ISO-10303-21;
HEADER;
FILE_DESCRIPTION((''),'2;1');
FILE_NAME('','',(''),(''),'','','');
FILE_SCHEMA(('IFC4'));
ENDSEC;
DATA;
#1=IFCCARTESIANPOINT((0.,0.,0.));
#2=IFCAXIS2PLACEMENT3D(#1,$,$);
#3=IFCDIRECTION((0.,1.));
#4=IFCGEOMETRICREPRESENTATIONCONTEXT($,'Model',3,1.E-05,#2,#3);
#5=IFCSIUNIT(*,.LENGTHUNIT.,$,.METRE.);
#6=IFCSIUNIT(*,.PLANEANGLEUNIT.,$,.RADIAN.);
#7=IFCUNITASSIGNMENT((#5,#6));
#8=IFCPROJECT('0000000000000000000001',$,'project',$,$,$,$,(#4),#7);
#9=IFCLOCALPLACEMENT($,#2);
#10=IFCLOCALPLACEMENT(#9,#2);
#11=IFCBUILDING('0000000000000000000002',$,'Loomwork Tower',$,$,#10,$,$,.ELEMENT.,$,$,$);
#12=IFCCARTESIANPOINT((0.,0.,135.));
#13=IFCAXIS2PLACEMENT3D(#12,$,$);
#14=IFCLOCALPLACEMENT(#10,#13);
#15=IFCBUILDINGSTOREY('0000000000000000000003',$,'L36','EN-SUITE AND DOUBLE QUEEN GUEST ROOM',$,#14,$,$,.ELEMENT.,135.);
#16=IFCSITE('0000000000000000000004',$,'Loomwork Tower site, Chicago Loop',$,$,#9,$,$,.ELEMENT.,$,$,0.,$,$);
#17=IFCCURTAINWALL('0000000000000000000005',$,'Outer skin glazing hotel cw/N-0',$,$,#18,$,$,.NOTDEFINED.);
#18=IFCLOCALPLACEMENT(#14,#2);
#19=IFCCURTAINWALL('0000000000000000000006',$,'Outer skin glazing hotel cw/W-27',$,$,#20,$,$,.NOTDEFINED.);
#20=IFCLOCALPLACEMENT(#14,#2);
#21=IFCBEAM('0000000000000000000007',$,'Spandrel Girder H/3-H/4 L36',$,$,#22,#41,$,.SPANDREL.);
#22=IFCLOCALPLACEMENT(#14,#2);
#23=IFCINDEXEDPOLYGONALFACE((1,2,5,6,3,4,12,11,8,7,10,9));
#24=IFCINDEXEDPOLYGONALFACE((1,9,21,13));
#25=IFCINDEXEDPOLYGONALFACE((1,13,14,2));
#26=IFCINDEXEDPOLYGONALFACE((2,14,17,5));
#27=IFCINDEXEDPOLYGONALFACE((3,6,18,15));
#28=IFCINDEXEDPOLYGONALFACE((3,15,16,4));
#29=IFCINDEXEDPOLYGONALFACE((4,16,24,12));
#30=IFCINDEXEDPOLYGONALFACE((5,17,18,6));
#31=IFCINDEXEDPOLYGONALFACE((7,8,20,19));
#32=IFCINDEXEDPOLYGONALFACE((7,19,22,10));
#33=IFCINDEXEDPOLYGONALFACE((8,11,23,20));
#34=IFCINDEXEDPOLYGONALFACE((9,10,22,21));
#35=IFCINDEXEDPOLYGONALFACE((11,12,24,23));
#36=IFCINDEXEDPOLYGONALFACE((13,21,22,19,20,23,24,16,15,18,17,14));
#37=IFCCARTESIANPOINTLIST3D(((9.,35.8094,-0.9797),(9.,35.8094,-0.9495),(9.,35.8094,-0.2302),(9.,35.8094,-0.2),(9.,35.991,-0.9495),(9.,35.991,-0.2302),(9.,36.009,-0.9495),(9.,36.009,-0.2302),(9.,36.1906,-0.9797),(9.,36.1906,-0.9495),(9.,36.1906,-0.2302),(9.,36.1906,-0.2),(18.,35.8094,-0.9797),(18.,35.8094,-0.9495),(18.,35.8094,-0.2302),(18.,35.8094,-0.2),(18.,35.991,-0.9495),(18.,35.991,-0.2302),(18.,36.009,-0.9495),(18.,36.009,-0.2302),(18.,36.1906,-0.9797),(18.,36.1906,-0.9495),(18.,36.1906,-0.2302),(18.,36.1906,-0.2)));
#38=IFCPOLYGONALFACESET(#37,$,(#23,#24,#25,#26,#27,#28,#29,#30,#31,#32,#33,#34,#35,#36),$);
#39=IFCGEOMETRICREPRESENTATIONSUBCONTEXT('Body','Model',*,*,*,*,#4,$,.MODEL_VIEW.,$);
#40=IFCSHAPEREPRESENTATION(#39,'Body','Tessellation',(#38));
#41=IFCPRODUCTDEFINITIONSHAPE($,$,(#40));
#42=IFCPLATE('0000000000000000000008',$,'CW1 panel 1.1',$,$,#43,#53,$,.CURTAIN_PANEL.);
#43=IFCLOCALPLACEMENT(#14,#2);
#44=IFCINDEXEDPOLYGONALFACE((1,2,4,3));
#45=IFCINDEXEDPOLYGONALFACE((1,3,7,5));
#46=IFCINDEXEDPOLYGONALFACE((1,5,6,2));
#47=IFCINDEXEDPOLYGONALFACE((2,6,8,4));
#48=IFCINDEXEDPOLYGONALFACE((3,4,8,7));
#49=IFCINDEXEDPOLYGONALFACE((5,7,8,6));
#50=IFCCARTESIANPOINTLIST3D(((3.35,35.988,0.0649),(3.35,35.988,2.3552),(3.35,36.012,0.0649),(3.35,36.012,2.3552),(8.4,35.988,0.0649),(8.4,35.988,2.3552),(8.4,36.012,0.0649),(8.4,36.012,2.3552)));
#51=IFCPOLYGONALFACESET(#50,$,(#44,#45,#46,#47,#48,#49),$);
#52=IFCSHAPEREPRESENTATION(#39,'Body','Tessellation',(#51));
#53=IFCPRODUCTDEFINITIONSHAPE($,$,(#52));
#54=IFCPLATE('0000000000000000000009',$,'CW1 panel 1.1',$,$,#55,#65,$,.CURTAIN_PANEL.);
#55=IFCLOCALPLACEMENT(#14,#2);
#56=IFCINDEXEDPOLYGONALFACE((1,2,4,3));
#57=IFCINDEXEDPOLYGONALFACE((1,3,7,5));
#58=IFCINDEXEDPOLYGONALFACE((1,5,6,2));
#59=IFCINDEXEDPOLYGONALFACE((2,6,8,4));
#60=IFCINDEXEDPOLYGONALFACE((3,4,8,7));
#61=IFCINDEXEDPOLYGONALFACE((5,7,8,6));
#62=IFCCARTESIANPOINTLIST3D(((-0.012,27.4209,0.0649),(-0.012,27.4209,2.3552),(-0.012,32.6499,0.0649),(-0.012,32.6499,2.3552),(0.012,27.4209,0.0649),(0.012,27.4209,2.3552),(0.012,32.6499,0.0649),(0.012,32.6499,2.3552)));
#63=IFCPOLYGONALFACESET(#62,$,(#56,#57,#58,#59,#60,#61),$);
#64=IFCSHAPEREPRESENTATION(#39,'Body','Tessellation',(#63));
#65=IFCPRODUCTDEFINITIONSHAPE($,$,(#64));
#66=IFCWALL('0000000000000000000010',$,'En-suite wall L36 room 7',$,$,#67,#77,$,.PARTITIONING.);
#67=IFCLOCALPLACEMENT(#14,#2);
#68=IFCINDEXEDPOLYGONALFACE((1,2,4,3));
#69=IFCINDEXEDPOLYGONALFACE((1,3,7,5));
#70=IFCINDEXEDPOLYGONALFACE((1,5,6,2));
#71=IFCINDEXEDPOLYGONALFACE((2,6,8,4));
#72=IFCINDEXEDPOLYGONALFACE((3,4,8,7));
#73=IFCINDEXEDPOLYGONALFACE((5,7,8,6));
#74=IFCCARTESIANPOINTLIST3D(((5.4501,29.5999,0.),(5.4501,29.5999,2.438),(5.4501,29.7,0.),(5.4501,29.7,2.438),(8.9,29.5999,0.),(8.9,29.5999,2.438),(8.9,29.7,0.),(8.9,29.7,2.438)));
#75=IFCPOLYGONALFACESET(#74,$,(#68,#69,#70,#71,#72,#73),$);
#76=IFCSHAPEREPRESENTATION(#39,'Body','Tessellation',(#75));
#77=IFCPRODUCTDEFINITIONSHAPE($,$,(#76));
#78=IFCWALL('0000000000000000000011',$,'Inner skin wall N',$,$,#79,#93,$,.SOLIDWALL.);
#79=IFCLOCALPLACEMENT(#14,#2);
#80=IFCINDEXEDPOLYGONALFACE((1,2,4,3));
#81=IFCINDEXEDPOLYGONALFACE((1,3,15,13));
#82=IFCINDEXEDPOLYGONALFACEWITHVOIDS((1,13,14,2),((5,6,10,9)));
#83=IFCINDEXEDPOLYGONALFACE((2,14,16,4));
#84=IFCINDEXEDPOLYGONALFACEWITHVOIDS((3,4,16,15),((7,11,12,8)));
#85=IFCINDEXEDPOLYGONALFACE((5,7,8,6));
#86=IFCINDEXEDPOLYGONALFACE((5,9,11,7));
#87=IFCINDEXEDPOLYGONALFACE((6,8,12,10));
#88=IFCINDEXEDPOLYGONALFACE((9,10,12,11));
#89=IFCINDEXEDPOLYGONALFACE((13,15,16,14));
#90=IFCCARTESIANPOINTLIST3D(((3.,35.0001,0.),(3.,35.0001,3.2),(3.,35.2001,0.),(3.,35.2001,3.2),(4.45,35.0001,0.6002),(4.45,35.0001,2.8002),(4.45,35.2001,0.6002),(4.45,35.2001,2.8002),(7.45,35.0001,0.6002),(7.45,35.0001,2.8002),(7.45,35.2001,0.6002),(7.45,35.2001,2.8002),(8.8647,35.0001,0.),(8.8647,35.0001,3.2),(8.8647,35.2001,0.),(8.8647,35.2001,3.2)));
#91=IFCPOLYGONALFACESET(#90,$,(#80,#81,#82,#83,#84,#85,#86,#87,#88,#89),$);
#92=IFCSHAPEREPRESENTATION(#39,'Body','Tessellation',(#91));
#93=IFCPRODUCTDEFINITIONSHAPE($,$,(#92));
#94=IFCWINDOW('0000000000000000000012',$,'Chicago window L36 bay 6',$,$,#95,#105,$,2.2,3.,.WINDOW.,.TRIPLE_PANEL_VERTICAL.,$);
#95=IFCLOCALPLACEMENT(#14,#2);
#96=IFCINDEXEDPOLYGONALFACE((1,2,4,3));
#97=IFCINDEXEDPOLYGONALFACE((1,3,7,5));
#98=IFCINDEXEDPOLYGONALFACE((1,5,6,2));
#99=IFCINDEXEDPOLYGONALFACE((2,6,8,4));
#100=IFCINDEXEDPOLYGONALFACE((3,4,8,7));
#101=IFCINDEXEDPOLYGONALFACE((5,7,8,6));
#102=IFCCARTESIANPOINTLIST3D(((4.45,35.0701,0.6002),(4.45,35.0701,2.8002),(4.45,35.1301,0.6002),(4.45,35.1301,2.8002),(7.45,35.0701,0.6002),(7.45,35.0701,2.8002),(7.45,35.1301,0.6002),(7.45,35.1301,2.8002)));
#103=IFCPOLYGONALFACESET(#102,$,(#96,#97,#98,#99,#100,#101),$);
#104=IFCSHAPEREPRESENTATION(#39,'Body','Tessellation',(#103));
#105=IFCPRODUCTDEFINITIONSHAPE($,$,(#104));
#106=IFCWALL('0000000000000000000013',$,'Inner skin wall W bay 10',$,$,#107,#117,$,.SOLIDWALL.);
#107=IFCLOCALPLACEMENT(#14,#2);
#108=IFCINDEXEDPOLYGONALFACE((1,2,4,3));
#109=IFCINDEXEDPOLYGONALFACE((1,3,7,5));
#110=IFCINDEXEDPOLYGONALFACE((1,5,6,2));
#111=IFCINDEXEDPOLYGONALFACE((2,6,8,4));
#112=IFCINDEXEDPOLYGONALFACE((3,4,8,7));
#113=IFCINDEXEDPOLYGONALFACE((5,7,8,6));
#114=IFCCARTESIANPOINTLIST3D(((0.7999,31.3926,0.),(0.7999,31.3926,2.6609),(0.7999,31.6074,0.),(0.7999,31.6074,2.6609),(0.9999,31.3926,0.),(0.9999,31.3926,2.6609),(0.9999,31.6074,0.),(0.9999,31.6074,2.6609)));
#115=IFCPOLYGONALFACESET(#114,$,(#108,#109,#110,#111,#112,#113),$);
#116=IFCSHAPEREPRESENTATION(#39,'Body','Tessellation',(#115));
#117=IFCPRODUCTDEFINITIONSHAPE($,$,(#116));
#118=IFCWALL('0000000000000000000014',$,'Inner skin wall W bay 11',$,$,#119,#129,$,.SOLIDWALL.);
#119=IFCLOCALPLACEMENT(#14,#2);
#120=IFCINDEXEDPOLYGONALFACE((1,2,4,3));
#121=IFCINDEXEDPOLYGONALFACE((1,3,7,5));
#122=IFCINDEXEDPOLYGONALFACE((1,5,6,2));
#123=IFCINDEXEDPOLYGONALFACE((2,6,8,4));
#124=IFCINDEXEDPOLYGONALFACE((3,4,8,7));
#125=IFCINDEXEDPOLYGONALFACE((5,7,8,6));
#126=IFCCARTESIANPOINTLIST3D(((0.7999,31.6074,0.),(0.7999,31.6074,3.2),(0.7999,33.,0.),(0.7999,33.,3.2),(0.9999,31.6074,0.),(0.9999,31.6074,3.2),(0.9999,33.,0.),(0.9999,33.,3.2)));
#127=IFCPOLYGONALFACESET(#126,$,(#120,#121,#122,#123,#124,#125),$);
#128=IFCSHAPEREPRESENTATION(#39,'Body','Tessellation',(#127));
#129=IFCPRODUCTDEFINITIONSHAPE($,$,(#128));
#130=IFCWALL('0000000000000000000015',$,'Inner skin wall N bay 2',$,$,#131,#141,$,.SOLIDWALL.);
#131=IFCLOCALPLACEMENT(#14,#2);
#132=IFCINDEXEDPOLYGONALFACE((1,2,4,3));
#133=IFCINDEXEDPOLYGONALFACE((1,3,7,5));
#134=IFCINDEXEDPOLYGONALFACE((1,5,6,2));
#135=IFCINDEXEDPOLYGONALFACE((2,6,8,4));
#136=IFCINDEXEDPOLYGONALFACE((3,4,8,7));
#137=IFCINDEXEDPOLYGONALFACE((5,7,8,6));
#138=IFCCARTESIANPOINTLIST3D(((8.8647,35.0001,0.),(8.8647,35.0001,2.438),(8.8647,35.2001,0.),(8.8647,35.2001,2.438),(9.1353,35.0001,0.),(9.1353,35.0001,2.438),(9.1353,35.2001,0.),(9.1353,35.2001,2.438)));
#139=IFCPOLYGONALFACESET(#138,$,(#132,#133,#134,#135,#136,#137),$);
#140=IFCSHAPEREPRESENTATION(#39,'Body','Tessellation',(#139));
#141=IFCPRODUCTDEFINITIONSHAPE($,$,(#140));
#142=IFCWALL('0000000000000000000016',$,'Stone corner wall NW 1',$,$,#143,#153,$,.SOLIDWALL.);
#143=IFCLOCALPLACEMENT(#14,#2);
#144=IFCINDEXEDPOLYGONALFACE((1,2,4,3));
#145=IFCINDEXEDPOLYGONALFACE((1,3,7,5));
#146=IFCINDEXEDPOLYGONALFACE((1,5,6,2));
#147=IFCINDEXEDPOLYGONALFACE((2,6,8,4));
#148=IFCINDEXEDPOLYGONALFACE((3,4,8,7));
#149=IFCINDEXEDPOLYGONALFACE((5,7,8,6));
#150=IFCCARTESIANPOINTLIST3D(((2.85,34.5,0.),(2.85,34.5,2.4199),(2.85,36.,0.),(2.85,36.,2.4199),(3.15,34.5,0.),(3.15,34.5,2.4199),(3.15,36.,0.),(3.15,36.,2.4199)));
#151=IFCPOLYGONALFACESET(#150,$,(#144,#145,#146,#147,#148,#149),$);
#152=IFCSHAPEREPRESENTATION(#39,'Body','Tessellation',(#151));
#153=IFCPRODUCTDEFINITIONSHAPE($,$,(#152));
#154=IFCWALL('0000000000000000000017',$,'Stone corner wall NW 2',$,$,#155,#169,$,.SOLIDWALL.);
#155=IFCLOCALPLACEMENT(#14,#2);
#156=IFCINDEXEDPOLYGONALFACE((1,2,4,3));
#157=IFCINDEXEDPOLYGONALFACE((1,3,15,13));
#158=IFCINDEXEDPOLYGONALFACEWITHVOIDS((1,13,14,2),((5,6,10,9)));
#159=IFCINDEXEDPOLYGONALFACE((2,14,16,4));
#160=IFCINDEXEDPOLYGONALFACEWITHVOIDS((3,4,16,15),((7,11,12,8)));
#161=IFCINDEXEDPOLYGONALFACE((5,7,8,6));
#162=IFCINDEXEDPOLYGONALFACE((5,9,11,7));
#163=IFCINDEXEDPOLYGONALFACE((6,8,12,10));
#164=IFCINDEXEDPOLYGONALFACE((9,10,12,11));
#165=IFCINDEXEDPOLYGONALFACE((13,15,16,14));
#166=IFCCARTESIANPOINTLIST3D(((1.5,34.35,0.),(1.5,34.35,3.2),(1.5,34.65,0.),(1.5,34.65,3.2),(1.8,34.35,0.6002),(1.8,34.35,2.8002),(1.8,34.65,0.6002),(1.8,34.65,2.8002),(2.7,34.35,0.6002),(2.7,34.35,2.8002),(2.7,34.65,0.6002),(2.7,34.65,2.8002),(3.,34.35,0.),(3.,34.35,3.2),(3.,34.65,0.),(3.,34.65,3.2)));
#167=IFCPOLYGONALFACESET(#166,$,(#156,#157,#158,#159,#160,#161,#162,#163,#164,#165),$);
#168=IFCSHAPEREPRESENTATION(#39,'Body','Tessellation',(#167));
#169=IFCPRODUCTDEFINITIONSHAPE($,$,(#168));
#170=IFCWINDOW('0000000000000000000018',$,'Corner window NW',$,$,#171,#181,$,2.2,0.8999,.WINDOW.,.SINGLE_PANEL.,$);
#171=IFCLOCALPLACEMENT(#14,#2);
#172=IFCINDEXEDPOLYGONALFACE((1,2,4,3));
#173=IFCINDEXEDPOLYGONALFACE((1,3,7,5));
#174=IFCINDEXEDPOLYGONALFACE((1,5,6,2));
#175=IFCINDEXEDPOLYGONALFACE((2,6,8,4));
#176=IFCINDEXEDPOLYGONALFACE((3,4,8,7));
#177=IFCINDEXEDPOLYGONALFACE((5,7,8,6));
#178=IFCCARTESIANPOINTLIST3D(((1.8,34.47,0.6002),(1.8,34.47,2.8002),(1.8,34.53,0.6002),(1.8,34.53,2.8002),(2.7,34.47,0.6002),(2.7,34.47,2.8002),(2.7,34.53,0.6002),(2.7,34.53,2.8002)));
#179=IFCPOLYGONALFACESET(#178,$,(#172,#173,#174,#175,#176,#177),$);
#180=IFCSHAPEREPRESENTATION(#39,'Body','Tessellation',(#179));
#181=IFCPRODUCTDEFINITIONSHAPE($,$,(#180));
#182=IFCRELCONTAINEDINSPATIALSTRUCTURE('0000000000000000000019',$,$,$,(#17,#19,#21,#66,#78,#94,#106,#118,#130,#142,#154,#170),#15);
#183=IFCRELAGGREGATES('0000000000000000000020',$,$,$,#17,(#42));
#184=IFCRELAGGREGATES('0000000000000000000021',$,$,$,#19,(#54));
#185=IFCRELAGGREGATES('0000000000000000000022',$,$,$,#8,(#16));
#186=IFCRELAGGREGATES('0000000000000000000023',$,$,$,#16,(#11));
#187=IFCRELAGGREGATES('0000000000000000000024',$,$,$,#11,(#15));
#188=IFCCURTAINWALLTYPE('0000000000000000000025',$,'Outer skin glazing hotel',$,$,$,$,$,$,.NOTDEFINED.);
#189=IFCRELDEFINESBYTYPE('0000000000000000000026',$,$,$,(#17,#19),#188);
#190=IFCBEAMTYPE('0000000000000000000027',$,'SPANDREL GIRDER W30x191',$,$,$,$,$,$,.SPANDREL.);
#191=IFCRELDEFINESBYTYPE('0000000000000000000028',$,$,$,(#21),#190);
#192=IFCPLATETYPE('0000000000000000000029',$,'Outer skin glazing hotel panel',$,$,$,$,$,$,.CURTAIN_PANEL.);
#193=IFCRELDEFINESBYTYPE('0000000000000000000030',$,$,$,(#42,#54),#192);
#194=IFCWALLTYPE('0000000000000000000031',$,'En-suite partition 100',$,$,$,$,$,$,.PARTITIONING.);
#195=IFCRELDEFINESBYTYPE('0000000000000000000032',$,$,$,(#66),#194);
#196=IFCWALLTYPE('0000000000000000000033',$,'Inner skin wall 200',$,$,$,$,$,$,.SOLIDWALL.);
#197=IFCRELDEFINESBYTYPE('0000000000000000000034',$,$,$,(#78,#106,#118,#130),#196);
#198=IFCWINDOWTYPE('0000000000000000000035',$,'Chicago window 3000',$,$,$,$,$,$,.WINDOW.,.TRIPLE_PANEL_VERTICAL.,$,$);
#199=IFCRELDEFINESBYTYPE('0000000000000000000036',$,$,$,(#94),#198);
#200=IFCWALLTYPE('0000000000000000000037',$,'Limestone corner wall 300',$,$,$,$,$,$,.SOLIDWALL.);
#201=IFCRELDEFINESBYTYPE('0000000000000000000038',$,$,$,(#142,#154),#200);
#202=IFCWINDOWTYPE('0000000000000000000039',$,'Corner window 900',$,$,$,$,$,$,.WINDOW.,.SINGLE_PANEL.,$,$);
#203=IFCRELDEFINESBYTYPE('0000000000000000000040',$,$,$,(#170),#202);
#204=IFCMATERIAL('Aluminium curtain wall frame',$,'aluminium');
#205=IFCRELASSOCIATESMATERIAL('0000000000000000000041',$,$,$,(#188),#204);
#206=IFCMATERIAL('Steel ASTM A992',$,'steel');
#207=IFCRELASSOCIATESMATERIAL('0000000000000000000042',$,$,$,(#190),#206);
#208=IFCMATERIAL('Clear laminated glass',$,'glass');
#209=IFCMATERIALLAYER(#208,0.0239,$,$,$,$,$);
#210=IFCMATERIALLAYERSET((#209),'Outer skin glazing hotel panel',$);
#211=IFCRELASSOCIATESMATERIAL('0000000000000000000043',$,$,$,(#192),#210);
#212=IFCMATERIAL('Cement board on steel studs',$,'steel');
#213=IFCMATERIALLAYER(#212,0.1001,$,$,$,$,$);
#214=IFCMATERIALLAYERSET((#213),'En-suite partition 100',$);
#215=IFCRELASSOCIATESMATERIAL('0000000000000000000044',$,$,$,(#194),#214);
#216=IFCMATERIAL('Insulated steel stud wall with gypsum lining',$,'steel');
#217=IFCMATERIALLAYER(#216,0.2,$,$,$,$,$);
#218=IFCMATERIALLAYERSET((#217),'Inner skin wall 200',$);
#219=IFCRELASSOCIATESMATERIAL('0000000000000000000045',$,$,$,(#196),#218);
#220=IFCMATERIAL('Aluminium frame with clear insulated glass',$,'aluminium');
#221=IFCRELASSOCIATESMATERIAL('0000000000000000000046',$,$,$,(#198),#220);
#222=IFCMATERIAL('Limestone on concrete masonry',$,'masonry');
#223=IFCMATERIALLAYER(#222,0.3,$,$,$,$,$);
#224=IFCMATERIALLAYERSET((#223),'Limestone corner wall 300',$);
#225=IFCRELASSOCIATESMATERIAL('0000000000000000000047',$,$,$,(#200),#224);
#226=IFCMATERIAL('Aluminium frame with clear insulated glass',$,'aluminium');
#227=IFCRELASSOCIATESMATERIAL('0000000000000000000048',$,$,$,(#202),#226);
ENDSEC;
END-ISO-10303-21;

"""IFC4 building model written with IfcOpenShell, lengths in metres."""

from ifc_helpers import new_model, si_unit, direction, frame, frame_2d, origin, origin_2d, place, context, subcontext, project, spatial, rectangle, i_section, extrude, material, layer, layer_set, material_profile, profile_set, type_object, element, fill, aggregate, save


model = new_model("IFC4")

# Units and contexts
model_context = context("Model", 3, precision=1e-05, world=origin(), true_north=direction((0.0, 1.0)))
body_context = subcontext(model_context, "Body", "Model", "MODEL_VIEW")
ifc_project = project(units=[si_unit("LENGTHUNIT", "METRE"), si_unit("PLANEANGLEUNIT", "RADIAN")], contexts=[model_context])

# Site, building, storey
site_placement = place(None, origin())
site = spatial("IfcSite", under=ifc_project, at=site_placement, Name="Loomwork Tower site, Chicago Loop", CompositionType="ELEMENT", RefElevation=0.0)
building_placement = place(site_placement, origin())
building = spatial("IfcBuilding", under=site, at=building_placement, Name="Loomwork Tower", CompositionType="ELEMENT")
storey_placement = place(building_placement, frame((0.0, 0.0, 135.0)))
storey = spatial("IfcBuildingStorey", under=building, at=storey_placement, Name="L36", Description="EN-SUITE AND DOUBLE QUEEN GUEST ROOM", CompositionType="ELEMENT", Elevation=135.0)

# Curtain wall
ifc_material_1 = material(Name="Aluminium curtain wall frame", Category="aluminium")
curtain_wall_type = type_object("IfcCurtainWallType", Name="Outer skin glazing hotel", PredefinedType="NOTDEFINED", material=ifc_material_1)
curtain_wall_1_placement = place(storey_placement, origin())
curtain_wall_1 = element("IfcCurtainWall", 1, at=curtain_wall_1_placement, inside=storey, type_object=curtain_wall_type, Name="Outer skin glazing hotel cw/N-0", PredefinedType="NOTDEFINED")

# Curtain wall
curtain_wall_2_placement = place(storey_placement, origin())
curtain_wall_2 = element("IfcCurtainWall", 2, at=curtain_wall_2_placement, inside=storey, type_object=curtain_wall_type, Name="Outer skin glazing hotel cw/W-27", PredefinedType="NOTDEFINED")

# Beam
ifc_material_2 = material(Name="Steel ASTM A992", Category="steel")
ifc_material_profile_1 = material_profile(ifc_material_2, i_section(OverallWidth=0.3811, OverallDepth=0.7798, WebThickness=0.0181, FlangeThickness=0.0303, at=origin_2d()), Name="W30x191")
ifc_profile_set_1 = profile_set([ifc_material_profile_1], Name="Steel ASTM A992")
beam_type_1 = type_object("IfcBeamType", Name="SPANDREL GIRDER W30x191", PredefinedType="SPANDREL", material=ifc_profile_set_1)
for number, where, z_axis, x_axis, name in (
    (3, (9.0, 36.0, -0.5898), (1.0, 0.0, 0.0), (0.0, 1.0, 0.0), "Spandrel Girder H/3-H/4 L36"),
):
    element("IfcBeam", number, at=place(storey_placement, frame(where, z_axis=z_axis, x_axis=x_axis)), inside=storey, type_object=beam_type_1, Name=name, PredefinedType="SPANDREL", context=body_context, shape_type="SweptSolid", body=[
        extrude(i_section(OverallWidth=0.3811, OverallDepth=0.7798, WebThickness=0.0181, FlangeThickness=0.0303, at=origin_2d()), origin(), (0.0, 0.0, 1.0), 9.0),
    ])

# Plates
ifc_material_3 = material(Name="Clear laminated glass", Category="glass")
ifc_layer_1 = layer(ifc_material_3, 0.0239)
ifc_layer_set_1 = layer_set([ifc_layer_1], Name="Outer skin glazing hotel panel")
plate_type = type_object("IfcPlateType", Name="Outer skin glazing hotel panel", PredefinedType="CURTAIN_PANEL", material=ifc_layer_set_1)
plate_1_placement = place(storey_placement, frame((5.875, 36.0, 0.0649), z_axis=(0.0, 0.0, 1.0), x_axis=(-1.0, 0.0, 0.0)))
plate_1 = element("IfcPlate", 4, at=plate_1_placement, type_object=plate_type, Name="CW1 panel 1.1", PredefinedType="CURTAIN_PANEL", context=body_context, shape_type="SweptSolid", body=[
    extrude(rectangle(XDim=5.05, YDim=0.0239, at=origin_2d()), origin(), (0.0, 0.0, 1.0), 2.2903),
])
aggregate(curtain_wall_1, [plate_1])
plate_2_placement = place(storey_placement, frame((0.0, 30.0354, 0.0649), z_axis=(0.0, 0.0, 1.0), x_axis=(0.0, -1.0, 0.0)))
plate_2 = element("IfcPlate", 5, at=plate_2_placement, type_object=plate_type, Name="CW1 panel 1.1", PredefinedType="CURTAIN_PANEL", context=body_context, shape_type="SweptSolid", body=[
    extrude(rectangle(XDim=5.229, YDim=0.0239, at=origin_2d()), origin(), (0.0, 0.0, 1.0), 2.2903),
])
aggregate(curtain_wall_2, [plate_2])

# Wall
ifc_material_4 = material(Name="Cement board on steel studs", Category="steel")
ifc_layer_2 = layer(ifc_material_4, 0.1001)
ifc_layer_set_2 = layer_set([ifc_layer_2], Name="En-suite partition 100")
wall_type_1 = type_object("IfcWallType", Name="En-suite partition 100", PredefinedType="PARTITIONING", material=ifc_layer_set_2)
wall_1_placement = place(storey_placement, frame((5.45, 29.6499, 0.0), z_axis=(0.0, 0.0, 1.0), x_axis=(1.0, 0.0, 0.0)))
element("IfcWall", 6, at=wall_1_placement, inside=storey, type_object=wall_type_1, Name="En-suite wall L36 room 7", PredefinedType="PARTITIONING", context=body_context, shape_type="SweptSolid", body=[
    extrude(rectangle(XDim=3.45, YDim=0.1001, at=frame_2d((1.7251, 0.0))), origin(), (0.0, 0.0, 1.0), 2.438),
])

# Wall, opening, window
ifc_material_5 = material(Name="Insulated steel stud wall with gypsum lining", Category="steel")
ifc_layer_3 = layer(ifc_material_5, 0.2)
ifc_layer_set_3 = layer_set([ifc_layer_3], Name="Inner skin wall 200")
wall_type_2 = type_object("IfcWallType", Name="Inner skin wall 200", PredefinedType="SOLIDWALL", material=ifc_layer_set_3)
wall_2_placement = place(storey_placement, frame((3.0, 35.1001, 0.0), z_axis=(0.0, 0.0, 1.0), x_axis=(1.0, 0.0, 0.0)))
wall_2 = element("IfcWall", 7, at=wall_2_placement, inside=storey, type_object=wall_type_2, Name="Inner skin wall N", PredefinedType="SOLIDWALL", context=body_context, shape_type="SweptSolid", body=[
    extrude(rectangle(XDim=5.8647, YDim=0.2, at=frame_2d((2.9324, 0.0))), origin(), (0.0, 0.0, 1.0), 3.2),
])
opening_1_placement = place(wall_2_placement, frame((1.45, 0.0, 0.6001)))
opening_1 = element("IfcOpeningElement", 8, at=opening_1_placement, cuts=wall_2, PredefinedType="OPENING", context=body_context, shape_type="SweptSolid", body=[
    extrude(rectangle(XDim=3.0, YDim=2.2, at=frame_2d((1.5, 1.1001))), frame((0.0, 0.1099, 0.0), z_axis=(0.0, -1.0, 0.0), x_axis=(1.0, 0.0, 0.0)), (0.0, 0.0, 1.0), 0.22),
])
ifc_material_6 = material(Name="Aluminium frame with clear insulated glass", Category="aluminium")
window_type_1 = type_object("IfcWindowType", Name="Chicago window 3000", PartitioningType="TRIPLE_PANEL_VERTICAL", PredefinedType="WINDOW", material=ifc_material_6)
window_1_placement = place(opening_1_placement, origin())
window_1 = element("IfcWindow", 9, at=window_1_placement, inside=storey, type_object=window_type_1, Name="Chicago window L36 bay 6", OverallHeight=2.2, OverallWidth=3.0, PartitioningType="TRIPLE_PANEL_VERTICAL", PredefinedType="WINDOW", context=body_context, shape_type="SweptSolid", body=[
    extrude(rectangle(XDim=3.0, YDim=2.2, at=frame_2d((1.5, 1.1001))), frame((0.0, 0.03, 0.0), z_axis=(0.0, -1.0, 0.0), x_axis=(1.0, 0.0, 0.0)), (0.0, 0.0, 1.0), 0.0601),
])
fill(opening_1, window_1)

# Walls
wall_3_placement = place(storey_placement, frame((0.8999, 31.3926, 0.0), z_axis=(0.0, 0.0, 1.0), x_axis=(0.0, 1.0, 0.0)))
element("IfcWall", 10, at=wall_3_placement, inside=storey, type_object=wall_type_2, Name="Inner skin wall W bay 10", PredefinedType="SOLIDWALL", context=body_context, shape_type="SweptSolid", body=[
    extrude(rectangle(XDim=0.2148, YDim=0.2, at=frame_2d((0.1074, 0.0))), origin(), (0.0, 0.0, 1.0), 2.6609),
])
wall_4_placement = place(storey_placement, frame((0.8999, 31.6074, 0.0), z_axis=(0.0, 0.0, 1.0), x_axis=(0.0, 1.0, 0.0)))
element("IfcWall", 11, at=wall_4_placement, inside=storey, type_object=wall_type_2, Name="Inner skin wall W bay 11", PredefinedType="SOLIDWALL", context=body_context, shape_type="SweptSolid", body=[
    extrude(rectangle(XDim=1.3926, YDim=0.2, at=frame_2d((0.6963, 0.0))), origin(), (0.0, 0.0, 1.0), 3.2),
])
wall_5_placement = place(storey_placement, frame((8.8647, 35.1001, 0.0), z_axis=(0.0, 0.0, 1.0), x_axis=(1.0, 0.0, 0.0)))
element("IfcWall", 12, at=wall_5_placement, inside=storey, type_object=wall_type_2, Name="Inner skin wall N bay 2", PredefinedType="SOLIDWALL", context=body_context, shape_type="SweptSolid", body=[
    extrude(rectangle(XDim=0.2705, YDim=0.2, at=frame_2d((0.1353, 0.0))), origin(), (0.0, 0.0, 1.0), 2.438),
])
ifc_material_7 = material(Name="Limestone on concrete masonry", Category="masonry")
ifc_layer_4 = layer(ifc_material_7, 0.3)
ifc_layer_set_4 = layer_set([ifc_layer_4], Name="Limestone corner wall 300")
wall_type_3 = type_object("IfcWallType", Name="Limestone corner wall 300", PredefinedType="SOLIDWALL", material=ifc_layer_set_4)
wall_6_placement = place(storey_placement, frame((3.0, 36.0, 0.0), z_axis=(0.0, 0.0, 1.0), x_axis=(0.0, -1.0, 0.0)))
element("IfcWall", 13, at=wall_6_placement, inside=storey, type_object=wall_type_3, Name="Stone corner wall NW 1", PredefinedType="SOLIDWALL", context=body_context, shape_type="SweptSolid", body=[
    extrude(rectangle(XDim=1.5, YDim=0.3, at=frame_2d((0.75, 0.0))), origin(), (0.0, 0.0, 1.0), 2.4199),
])

# Wall, opening, window
wall_7_placement = place(storey_placement, frame((3.0, 34.5, 0.0), z_axis=(0.0, 0.0, 1.0), x_axis=(-1.0, 0.0, 0.0)))
wall_7 = element("IfcWall", 14, at=wall_7_placement, inside=storey, type_object=wall_type_3, Name="Stone corner wall NW 2", PredefinedType="SOLIDWALL", context=body_context, shape_type="SweptSolid", body=[
    extrude(rectangle(XDim=1.5, YDim=0.3, at=frame_2d((0.75, 0.0))), origin(), (0.0, 0.0, 1.0), 3.2),
])
opening_2_placement = place(wall_7_placement, frame((0.3, 0.0, 0.6001)))
opening_2 = element("IfcOpeningElement", 15, at=opening_2_placement, cuts=wall_7, PredefinedType="OPENING", context=body_context, shape_type="SweptSolid", body=[
    extrude(rectangle(XDim=0.8999, YDim=2.2, at=frame_2d((0.45, 1.1001))), frame((0.0, 0.1599, 0.0), z_axis=(0.0, -1.0, 0.0), x_axis=(1.0, 0.0, 0.0)), (0.0, 0.0, 1.0), 0.3201),
])
ifc_material_8 = material(Name="Aluminium frame with clear insulated glass", Category="aluminium")
window_type_2 = type_object("IfcWindowType", Name="Corner window 900", PartitioningType="SINGLE_PANEL", PredefinedType="WINDOW", material=ifc_material_8)
window_2_placement = place(opening_2_placement, origin())
window_2 = element("IfcWindow", 16, at=window_2_placement, inside=storey, type_object=window_type_2, Name="Corner window NW", OverallHeight=2.2, OverallWidth=0.8999, PartitioningType="SINGLE_PANEL", PredefinedType="WINDOW", context=body_context, shape_type="SweptSolid", body=[
    extrude(rectangle(XDim=0.8999, YDim=2.2, at=frame_2d((0.45, 1.1001))), frame((0.0, 0.03, 0.0), z_axis=(0.0, -1.0, 0.0), x_axis=(1.0, 0.0, 0.0)), (0.0, 0.0, 1.0), 0.0601),
])
fill(opening_2, window_2)

save(model, "model.ifc")
